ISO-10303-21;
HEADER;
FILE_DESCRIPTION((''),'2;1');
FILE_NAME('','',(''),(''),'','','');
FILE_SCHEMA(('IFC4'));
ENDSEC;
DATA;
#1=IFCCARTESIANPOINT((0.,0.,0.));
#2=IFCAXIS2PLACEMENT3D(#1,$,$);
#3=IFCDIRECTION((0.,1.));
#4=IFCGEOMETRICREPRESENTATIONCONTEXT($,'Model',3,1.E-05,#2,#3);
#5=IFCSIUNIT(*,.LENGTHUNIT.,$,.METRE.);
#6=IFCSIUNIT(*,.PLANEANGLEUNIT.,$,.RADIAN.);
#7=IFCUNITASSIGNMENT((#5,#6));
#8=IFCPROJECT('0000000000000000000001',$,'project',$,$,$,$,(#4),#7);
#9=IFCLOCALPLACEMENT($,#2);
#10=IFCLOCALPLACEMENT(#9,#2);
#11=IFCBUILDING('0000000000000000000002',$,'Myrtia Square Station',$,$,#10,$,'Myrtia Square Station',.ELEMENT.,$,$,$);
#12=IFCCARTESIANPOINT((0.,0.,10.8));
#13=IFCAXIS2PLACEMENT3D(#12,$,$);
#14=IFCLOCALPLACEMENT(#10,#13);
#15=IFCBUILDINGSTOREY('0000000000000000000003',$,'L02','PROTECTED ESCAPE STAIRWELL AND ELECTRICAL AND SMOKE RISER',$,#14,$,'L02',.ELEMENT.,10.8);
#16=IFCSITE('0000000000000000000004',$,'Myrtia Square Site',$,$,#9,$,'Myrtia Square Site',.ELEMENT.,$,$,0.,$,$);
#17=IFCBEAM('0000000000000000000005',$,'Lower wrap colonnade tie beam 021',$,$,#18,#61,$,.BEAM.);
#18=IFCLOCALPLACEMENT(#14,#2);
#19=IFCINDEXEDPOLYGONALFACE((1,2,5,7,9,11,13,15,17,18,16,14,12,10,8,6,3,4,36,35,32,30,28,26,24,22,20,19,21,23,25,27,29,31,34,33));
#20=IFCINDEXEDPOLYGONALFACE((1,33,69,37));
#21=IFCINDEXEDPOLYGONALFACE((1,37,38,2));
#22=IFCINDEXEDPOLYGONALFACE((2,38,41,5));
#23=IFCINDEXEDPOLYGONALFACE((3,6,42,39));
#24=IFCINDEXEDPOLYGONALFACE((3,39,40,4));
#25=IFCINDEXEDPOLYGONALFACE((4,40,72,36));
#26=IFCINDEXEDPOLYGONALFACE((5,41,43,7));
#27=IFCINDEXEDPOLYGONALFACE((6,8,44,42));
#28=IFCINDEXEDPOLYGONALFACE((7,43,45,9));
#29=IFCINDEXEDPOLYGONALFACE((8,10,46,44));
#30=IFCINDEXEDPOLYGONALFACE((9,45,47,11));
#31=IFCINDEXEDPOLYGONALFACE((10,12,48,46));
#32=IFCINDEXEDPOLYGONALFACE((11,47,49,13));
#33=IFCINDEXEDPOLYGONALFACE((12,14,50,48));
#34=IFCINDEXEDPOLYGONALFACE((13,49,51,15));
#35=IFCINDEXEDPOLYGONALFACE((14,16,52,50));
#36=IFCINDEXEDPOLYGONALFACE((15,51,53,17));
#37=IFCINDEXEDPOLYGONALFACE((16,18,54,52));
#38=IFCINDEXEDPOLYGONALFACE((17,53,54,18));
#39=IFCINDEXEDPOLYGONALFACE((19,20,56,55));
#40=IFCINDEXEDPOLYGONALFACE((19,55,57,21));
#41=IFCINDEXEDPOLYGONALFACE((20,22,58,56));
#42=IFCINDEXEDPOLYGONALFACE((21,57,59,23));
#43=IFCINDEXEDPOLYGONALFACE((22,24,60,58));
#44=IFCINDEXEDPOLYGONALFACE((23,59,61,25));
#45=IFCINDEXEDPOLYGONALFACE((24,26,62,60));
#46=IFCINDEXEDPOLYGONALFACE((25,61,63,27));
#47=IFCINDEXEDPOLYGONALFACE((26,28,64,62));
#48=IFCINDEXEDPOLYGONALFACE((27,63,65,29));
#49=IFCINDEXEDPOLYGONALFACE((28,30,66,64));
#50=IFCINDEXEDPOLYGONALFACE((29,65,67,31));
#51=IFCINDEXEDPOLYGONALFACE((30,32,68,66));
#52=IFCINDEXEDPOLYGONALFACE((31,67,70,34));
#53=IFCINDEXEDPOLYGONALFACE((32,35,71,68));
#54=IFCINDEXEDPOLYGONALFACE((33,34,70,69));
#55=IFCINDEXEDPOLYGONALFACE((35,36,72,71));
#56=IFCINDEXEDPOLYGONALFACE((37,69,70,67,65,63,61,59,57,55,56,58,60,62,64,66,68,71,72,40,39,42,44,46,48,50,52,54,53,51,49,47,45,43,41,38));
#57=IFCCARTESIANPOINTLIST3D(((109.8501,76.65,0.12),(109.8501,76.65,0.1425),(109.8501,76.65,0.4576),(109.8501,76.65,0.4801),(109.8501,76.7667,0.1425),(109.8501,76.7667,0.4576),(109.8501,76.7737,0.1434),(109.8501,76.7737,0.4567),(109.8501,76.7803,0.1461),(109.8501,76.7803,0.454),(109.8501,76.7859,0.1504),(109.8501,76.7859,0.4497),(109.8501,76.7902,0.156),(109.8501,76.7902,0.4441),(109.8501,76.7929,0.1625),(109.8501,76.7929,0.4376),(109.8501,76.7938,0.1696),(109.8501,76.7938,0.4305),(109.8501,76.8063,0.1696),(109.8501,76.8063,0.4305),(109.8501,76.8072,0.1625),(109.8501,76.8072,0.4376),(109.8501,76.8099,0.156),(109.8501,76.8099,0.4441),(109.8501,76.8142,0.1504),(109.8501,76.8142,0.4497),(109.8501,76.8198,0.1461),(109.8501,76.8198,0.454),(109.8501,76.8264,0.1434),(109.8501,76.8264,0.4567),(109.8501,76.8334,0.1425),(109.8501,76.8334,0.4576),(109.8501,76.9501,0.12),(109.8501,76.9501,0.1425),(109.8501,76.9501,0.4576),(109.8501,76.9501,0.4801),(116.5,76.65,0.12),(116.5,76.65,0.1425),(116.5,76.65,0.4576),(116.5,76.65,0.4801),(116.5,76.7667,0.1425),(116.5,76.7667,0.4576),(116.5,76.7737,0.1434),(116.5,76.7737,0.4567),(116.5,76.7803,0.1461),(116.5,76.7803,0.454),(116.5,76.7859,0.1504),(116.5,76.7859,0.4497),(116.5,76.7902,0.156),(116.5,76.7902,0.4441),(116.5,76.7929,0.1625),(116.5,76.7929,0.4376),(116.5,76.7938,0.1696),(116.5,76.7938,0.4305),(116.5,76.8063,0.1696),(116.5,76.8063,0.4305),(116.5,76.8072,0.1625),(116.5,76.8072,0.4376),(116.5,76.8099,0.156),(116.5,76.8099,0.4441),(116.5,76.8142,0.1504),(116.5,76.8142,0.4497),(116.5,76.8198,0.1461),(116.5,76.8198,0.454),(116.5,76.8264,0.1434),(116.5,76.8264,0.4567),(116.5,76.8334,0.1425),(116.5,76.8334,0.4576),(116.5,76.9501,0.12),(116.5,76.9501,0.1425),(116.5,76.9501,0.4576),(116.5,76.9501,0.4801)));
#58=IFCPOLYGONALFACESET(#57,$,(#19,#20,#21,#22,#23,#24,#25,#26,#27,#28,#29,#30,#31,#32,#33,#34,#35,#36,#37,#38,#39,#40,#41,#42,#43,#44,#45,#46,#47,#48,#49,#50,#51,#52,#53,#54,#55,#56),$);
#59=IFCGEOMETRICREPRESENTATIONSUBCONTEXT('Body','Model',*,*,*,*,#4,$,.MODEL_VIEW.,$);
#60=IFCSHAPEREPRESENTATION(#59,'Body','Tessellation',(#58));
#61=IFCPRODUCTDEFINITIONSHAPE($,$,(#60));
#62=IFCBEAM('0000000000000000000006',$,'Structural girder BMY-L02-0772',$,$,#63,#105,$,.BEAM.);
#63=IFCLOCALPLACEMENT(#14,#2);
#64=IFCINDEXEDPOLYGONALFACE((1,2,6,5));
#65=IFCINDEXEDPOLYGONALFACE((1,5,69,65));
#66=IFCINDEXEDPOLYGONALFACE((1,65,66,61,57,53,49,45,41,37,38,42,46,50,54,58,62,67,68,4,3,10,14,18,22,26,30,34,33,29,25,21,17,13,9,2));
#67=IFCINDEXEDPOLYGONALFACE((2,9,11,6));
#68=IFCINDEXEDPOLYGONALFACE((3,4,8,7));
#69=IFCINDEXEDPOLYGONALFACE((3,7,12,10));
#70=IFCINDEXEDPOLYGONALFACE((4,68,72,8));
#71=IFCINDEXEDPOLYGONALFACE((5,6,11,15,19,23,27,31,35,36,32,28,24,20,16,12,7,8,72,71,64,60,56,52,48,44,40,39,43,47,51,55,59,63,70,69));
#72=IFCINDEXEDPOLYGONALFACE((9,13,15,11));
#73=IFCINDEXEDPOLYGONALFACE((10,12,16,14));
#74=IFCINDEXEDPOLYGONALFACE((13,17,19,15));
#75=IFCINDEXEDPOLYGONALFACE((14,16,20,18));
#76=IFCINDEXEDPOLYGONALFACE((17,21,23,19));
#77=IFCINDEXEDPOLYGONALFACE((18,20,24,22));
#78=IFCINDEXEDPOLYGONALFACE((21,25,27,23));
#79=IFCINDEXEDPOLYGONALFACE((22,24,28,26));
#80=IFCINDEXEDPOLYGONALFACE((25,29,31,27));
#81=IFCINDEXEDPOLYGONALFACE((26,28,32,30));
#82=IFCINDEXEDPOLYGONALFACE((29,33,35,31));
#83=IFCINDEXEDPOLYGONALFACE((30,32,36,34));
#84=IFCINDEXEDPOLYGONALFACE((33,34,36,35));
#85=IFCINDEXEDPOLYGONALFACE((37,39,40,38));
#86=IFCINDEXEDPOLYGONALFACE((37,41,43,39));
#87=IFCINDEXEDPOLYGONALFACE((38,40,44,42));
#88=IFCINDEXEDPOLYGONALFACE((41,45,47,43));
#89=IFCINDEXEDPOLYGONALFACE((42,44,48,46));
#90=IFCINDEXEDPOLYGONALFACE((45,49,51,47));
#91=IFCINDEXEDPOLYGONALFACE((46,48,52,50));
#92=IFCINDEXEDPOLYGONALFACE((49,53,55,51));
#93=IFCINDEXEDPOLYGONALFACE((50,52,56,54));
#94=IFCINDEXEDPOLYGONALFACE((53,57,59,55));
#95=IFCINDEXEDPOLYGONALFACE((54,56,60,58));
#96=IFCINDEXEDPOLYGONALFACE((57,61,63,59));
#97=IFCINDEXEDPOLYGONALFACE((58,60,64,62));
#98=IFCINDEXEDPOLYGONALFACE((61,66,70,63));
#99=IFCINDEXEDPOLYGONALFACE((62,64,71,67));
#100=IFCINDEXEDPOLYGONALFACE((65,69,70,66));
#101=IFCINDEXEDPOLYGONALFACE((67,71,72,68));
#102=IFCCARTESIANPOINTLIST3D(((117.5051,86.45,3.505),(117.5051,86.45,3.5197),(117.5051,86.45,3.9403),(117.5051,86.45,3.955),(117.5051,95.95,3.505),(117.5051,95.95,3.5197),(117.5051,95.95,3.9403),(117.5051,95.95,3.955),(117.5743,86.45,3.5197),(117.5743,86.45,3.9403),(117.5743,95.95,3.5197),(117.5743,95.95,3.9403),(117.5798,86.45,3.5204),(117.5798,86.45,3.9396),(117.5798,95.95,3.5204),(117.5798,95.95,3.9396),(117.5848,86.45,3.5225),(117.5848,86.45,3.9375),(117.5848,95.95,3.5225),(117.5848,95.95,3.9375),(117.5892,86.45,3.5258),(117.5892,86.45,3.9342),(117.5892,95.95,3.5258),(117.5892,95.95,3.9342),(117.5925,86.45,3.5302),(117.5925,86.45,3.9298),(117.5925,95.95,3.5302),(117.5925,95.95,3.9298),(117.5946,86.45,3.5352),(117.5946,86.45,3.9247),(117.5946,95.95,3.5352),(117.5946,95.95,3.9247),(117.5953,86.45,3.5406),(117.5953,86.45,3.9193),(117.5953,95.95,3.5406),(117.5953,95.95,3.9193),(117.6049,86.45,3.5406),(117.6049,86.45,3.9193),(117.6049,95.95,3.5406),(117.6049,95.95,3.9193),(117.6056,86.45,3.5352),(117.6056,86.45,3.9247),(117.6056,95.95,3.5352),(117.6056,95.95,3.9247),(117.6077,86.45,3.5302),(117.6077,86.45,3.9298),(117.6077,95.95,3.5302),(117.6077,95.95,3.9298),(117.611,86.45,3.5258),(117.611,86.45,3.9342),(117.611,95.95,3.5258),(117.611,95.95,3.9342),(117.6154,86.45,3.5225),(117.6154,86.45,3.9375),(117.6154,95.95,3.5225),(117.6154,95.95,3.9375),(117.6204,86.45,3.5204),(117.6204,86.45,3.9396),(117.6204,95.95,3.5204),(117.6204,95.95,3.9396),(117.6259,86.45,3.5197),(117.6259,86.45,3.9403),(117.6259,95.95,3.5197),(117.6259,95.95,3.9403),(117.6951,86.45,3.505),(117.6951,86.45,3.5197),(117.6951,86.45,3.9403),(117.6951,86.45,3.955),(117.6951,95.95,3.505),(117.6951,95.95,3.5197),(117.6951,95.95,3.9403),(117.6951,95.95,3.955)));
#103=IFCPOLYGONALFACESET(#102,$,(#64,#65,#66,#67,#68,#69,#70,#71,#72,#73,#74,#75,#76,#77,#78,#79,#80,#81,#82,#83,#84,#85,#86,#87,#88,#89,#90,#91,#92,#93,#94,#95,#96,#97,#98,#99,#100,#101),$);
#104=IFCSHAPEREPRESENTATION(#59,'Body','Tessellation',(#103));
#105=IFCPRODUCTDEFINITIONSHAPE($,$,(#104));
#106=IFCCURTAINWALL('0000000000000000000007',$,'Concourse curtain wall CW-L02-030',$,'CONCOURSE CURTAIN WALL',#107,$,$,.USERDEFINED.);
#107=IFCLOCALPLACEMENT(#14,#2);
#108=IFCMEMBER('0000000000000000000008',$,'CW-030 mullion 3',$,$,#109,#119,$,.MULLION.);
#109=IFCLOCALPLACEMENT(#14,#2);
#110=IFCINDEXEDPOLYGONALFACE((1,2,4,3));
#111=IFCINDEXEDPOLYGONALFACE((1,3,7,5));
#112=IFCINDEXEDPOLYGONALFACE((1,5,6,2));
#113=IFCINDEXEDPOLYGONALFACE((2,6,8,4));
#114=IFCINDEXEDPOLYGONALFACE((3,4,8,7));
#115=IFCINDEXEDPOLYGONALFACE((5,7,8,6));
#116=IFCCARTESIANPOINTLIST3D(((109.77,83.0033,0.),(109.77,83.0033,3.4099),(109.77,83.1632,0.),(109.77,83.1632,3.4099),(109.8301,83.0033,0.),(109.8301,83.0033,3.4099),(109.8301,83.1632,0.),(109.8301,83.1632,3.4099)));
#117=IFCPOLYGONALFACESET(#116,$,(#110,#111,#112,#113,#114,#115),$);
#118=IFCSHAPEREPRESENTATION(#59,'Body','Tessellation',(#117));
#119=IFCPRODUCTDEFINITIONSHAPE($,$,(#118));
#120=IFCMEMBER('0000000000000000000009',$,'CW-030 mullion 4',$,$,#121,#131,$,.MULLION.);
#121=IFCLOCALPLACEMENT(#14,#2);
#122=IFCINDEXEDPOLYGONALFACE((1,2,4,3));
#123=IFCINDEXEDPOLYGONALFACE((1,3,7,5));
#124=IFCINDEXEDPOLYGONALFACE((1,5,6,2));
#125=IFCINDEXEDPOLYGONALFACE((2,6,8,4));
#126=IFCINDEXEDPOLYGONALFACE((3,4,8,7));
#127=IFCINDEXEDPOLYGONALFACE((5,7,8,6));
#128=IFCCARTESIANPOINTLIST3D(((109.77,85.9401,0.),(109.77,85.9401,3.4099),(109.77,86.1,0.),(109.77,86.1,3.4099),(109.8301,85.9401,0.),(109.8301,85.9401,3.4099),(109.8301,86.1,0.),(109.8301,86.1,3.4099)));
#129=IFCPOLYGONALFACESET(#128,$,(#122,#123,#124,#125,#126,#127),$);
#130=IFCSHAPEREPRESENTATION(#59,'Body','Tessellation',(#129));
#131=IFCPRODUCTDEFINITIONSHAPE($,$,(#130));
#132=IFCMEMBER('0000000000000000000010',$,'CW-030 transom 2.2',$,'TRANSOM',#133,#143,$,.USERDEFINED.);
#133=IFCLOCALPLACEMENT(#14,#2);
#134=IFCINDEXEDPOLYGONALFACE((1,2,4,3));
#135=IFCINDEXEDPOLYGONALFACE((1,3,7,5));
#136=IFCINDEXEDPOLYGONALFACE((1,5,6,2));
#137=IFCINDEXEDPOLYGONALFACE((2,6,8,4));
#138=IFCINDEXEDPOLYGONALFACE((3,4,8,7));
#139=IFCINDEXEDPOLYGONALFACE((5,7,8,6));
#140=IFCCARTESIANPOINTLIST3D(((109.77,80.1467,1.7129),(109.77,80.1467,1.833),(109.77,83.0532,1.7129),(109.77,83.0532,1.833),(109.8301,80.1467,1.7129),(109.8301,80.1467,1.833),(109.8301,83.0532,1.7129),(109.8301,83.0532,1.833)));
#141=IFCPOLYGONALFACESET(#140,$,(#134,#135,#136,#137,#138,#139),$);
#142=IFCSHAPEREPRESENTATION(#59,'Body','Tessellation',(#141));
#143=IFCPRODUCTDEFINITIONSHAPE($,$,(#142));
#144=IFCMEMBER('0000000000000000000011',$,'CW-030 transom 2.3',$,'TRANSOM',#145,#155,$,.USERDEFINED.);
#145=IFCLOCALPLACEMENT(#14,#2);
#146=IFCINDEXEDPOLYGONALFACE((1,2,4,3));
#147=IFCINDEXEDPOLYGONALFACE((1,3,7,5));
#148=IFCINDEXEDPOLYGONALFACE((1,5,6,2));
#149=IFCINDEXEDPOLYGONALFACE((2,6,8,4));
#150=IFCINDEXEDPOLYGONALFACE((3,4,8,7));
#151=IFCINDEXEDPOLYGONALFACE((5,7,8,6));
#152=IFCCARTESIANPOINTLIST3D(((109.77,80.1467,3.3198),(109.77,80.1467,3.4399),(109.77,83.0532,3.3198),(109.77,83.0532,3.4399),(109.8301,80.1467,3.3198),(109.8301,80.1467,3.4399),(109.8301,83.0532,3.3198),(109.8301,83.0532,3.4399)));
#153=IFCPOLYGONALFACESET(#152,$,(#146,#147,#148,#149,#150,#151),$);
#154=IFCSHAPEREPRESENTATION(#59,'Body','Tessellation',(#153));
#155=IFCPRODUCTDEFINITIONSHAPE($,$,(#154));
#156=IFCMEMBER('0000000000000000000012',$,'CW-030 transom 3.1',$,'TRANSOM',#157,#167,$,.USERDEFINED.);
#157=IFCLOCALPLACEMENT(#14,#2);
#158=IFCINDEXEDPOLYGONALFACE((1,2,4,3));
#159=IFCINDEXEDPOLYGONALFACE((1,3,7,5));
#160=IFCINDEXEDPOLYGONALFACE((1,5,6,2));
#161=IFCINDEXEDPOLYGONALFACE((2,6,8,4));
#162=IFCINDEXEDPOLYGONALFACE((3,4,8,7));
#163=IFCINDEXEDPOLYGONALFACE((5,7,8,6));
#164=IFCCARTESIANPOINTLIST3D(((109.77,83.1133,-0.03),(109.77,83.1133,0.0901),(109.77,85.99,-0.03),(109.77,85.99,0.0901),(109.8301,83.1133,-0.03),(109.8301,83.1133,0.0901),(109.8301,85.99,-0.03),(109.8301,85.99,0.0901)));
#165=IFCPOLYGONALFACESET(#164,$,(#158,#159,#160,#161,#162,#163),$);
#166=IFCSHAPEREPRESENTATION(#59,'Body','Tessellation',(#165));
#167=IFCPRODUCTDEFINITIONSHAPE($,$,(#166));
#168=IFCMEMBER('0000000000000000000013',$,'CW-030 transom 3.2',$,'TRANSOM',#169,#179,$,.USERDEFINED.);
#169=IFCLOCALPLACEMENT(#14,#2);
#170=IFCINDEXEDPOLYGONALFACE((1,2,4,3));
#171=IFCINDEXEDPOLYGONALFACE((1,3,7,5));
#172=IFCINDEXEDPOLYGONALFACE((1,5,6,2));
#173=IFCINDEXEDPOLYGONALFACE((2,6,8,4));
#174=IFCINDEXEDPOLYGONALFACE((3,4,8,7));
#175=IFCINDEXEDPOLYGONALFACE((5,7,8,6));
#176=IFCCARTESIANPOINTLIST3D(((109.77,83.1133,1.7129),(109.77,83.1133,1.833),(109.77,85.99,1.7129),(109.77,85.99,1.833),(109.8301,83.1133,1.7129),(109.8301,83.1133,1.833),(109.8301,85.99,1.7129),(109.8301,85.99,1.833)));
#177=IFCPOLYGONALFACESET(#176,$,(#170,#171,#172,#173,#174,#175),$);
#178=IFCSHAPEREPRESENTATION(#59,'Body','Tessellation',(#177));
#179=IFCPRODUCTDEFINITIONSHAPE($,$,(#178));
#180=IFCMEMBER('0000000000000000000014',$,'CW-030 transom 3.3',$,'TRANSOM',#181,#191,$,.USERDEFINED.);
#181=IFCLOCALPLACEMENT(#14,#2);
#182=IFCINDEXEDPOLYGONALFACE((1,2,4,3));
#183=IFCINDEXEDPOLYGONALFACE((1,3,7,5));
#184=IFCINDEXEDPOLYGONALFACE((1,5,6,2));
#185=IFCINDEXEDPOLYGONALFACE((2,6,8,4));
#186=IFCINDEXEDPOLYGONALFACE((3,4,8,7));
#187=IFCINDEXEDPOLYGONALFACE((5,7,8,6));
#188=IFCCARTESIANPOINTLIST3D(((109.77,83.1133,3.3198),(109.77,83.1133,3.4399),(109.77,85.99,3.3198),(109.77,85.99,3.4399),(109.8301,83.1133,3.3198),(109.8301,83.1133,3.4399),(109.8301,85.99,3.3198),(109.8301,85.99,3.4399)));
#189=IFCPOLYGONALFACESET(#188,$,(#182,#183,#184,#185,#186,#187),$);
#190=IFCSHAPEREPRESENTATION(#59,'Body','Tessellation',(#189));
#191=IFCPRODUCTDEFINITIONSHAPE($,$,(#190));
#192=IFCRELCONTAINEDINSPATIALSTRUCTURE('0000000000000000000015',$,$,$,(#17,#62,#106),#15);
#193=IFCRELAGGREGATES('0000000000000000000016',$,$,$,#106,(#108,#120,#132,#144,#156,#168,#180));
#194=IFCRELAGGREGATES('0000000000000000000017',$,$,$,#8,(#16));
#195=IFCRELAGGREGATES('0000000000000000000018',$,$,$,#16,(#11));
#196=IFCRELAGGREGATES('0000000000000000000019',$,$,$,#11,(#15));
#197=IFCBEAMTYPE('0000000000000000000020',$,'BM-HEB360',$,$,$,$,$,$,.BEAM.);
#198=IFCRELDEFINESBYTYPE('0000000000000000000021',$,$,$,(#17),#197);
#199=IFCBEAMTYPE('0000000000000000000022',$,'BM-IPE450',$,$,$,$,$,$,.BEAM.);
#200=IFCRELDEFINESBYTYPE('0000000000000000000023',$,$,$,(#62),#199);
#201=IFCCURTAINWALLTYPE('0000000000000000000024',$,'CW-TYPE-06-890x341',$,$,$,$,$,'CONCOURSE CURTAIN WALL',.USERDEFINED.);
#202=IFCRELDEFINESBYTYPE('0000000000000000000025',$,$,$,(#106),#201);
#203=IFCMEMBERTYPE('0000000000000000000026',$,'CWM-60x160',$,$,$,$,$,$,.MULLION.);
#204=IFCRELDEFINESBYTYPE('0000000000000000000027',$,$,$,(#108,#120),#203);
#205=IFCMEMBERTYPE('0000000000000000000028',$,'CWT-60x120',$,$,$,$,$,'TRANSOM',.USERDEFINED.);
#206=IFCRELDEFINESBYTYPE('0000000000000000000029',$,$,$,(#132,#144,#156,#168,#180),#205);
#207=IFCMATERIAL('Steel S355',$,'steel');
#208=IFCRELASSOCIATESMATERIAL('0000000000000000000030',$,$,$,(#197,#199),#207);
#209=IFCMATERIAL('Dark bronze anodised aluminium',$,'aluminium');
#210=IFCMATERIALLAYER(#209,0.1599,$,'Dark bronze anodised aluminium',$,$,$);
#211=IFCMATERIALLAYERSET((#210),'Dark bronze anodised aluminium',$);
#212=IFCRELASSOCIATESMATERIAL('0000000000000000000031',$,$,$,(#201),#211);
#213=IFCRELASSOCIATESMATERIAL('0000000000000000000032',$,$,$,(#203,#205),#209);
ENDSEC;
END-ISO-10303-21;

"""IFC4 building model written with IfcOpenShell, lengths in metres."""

from ifc_helpers import new_model, si_unit, direction, frame, origin, origin_2d, place, context, subcontext, project, spatial, rectangle, i_section, extrude, material, layer, layer_set, material_profile, profile_set, type_object, element, aggregate, save


model = new_model("IFC4")

# Units and contexts
model_context = context("Model", 3, precision=1e-05, world=origin(), true_north=direction((0.0, 1.0)))
body_context = subcontext(model_context, "Body", "Model", "MODEL_VIEW")
ifc_project = project(units=[si_unit("LENGTHUNIT", "METRE"), si_unit("PLANEANGLEUNIT", "RADIAN")], contexts=[model_context])

# Site, building, storey
site_placement = place(None, origin())
site = spatial("IfcSite", under=ifc_project, at=site_placement, Name="Myrtia Square Site", LongName="Myrtia Square Site", CompositionType="ELEMENT", RefElevation=0.0)
building_placement = place(site_placement, origin())
building = spatial("IfcBuilding", under=site, at=building_placement, Name="Myrtia Square Station", LongName="Myrtia Square Station", CompositionType="ELEMENT")
storey_placement = place(building_placement, frame((0.0, 0.0, 10.8)))
storey = spatial("IfcBuildingStorey", under=building, at=storey_placement, Name="L02", Description="PROTECTED ESCAPE STAIRWELL AND ELECTRICAL AND SMOKE RISER", LongName="L02", CompositionType="ELEMENT", Elevation=10.8)

# Shared definitions
ifc_material_1 = material(Name="Steel S355", Category="steel")

# Beams
ifc_material_profile_1 = material_profile(ifc_material_1, i_section(OverallWidth=0.3, OverallDepth=0.3601, WebThickness=0.0125, FlangeThickness=0.0225, FilletRadius=0.0271, at=origin_2d()), Name="HEB 360")
ifc_profile_set_1 = profile_set([ifc_material_profile_1], Name="Steel S355")
beam_type_1 = type_object("IfcBeamType", Name="BM-HEB360", PredefinedType="BEAM", material=ifc_profile_set_1)
beam_1_placement = place(storey_placement, frame((109.8501, 76.8, 0.3), z_axis=(1.0, 0.0, 0.0), x_axis=(0.0, 1.0, 0.0)))
element("IfcBeam", 1, at=beam_1_placement, inside=storey, type_object=beam_type_1, Name="Lower wrap colonnade tie beam 021", PredefinedType="BEAM", context=body_context, shape_type="SweptSolid", body=[
    extrude(i_section(OverallWidth=0.3, OverallDepth=0.3601, WebThickness=0.0125, FlangeThickness=0.0225, FilletRadius=0.0271, at=origin_2d()), origin(), (0.0, 0.0, 1.0), 6.6499),
])
ifc_material_profile_2 = material_profile(ifc_material_1, i_section(OverallWidth=0.1899, OverallDepth=0.45, WebThickness=0.0095, FlangeThickness=0.0146, FilletRadius=0.021, at=origin_2d()), Name="IPE 450")
ifc_profile_set_2 = profile_set([ifc_material_profile_2], Name="Steel S355")
beam_type_2 = type_object("IfcBeamType", Name="BM-IPE450", PredefinedType="BEAM", material=ifc_profile_set_2)
beam_2_placement = place(storey_placement, frame((117.6001, 86.45, 3.73), z_axis=(0.0, 1.0, 0.0), x_axis=(-1.0, 0.0, 0.0)))
element("IfcBeam", 2, at=beam_2_placement, inside=storey, type_object=beam_type_2, Name="Structural girder BMY-L02-0772", PredefinedType="BEAM", context=body_context, shape_type="SweptSolid", body=[
    extrude(i_section(OverallWidth=0.1899, OverallDepth=0.45, WebThickness=0.0095, FlangeThickness=0.0146, FilletRadius=0.021, at=origin_2d()), origin(), (0.0, 0.0, 1.0), 9.5),
])

# Curtain wall, members
ifc_material_2 = material(Name="Dark bronze anodised aluminium", Category="aluminium")
ifc_layer_1 = layer(ifc_material_2, 0.1599, Name="Dark bronze anodised aluminium")
ifc_layer_set_1 = layer_set([ifc_layer_1], Name="Dark bronze anodised aluminium")
curtain_wall_type = type_object("IfcCurtainWallType", Name="CW-TYPE-06-890x341", ElementType="CONCOURSE CURTAIN WALL", PredefinedType="USERDEFINED", material=ifc_layer_set_1)
curtain_wall_placement = place(storey_placement, origin())
curtain_wall = element("IfcCurtainWall", 3, at=curtain_wall_placement, inside=storey, type_object=curtain_wall_type, Name="Concourse curtain wall CW-L02-030", ObjectType="CONCOURSE CURTAIN WALL", PredefinedType="USERDEFINED")
ifc_material_profile_3 = material_profile(ifc_material_2, rectangle(XDim=0.0601, YDim=0.1599, at=origin_2d()), Name="ALU-M 60x160")
ifc_profile_set_3 = profile_set([ifc_material_profile_3], Name="Dark bronze anodised aluminium")
member_type_1 = type_object("IfcMemberType", Name="CWM-60x160", PredefinedType="MULLION", material=ifc_profile_set_3)
member_1_placement = place(storey_placement, frame((109.8, 83.0833, 0.0), z_axis=(0.0, 0.0, 1.0), x_axis=(-1.0, 0.0, 0.0)))
member_1 = element("IfcMember", 4, at=member_1_placement, type_object=member_type_1, Name="CW-030 mullion 3", PredefinedType="MULLION", context=body_context, shape_type="SweptSolid", body=[
    extrude(rectangle(XDim=0.0601, YDim=0.1599, at=origin_2d()), origin(), (0.0, 0.0, 1.0), 3.4099),
])
member_2_placement = place(storey_placement, frame((109.8, 86.02, 0.0), z_axis=(0.0, 0.0, 1.0), x_axis=(-1.0, 0.0, 0.0)))
member_2 = element("IfcMember", 5, at=member_2_placement, type_object=member_type_1, Name="CW-030 mullion 4", PredefinedType="MULLION", context=body_context, shape_type="SweptSolid", body=[
    extrude(rectangle(XDim=0.0601, YDim=0.1599, at=origin_2d()), origin(), (0.0, 0.0, 1.0), 3.4099),
])
ifc_material_profile_4 = material_profile(ifc_material_2, rectangle(XDim=0.0601, YDim=0.1201, at=origin_2d()), Name="ALU-T 60x120")
ifc_profile_set_4 = profile_set([ifc_material_profile_4], Name="Dark bronze anodised aluminium")
member_type_2 = type_object("IfcMemberType", Name="CWT-60x120", ElementType="TRANSOM", PredefinedType="USERDEFINED", material=ifc_profile_set_4)
member_3_placement = place(storey_placement, frame((109.8, 80.1467, 1.7729), z_axis=(0.0, 1.0, 0.0), x_axis=(-1.0, 0.0, 0.0)))
member_3 = element("IfcMember", 6, at=member_3_placement, type_object=member_type_2, Name="CW-030 transom 2.2", ObjectType="TRANSOM", PredefinedType="USERDEFINED", context=body_context, shape_type="SweptSolid", body=[
    extrude(rectangle(XDim=0.0601, YDim=0.1201, at=origin_2d()), origin(), (0.0, 0.0, 1.0), 2.9065),
])
member_4_placement = place(storey_placement, frame((109.8, 80.1467, 3.3799), z_axis=(0.0, 1.0, 0.0), x_axis=(-1.0, 0.0, 0.0)))
member_4 = element("IfcMember", 7, at=member_4_placement, type_object=member_type_2, Name="CW-030 transom 2.3", ObjectType="TRANSOM", PredefinedType="USERDEFINED", context=body_context, shape_type="SweptSolid", body=[
    extrude(rectangle(XDim=0.0601, YDim=0.1201, at=origin_2d()), origin(), (0.0, 0.0, 1.0), 2.9065),
])
member_5_placement = place(storey_placement, frame((109.8, 83.1133, 0.03), z_axis=(0.0, 1.0, 0.0), x_axis=(-1.0, 0.0, 0.0)))
member_5 = element("IfcMember", 8, at=member_5_placement, type_object=member_type_2, Name="CW-030 transom 3.1", ObjectType="TRANSOM", PredefinedType="USERDEFINED", context=body_context, shape_type="SweptSolid", body=[
    extrude(rectangle(XDim=0.0601, YDim=0.1201, at=origin_2d()), origin(), (0.0, 0.0, 1.0), 2.8767),
])
member_6_placement = place(storey_placement, frame((109.8, 83.1133, 1.7729), z_axis=(0.0, 1.0, 0.0), x_axis=(-1.0, 0.0, 0.0)))
member_6 = element("IfcMember", 9, at=member_6_placement, type_object=member_type_2, Name="CW-030 transom 3.2", ObjectType="TRANSOM", PredefinedType="USERDEFINED", context=body_context, shape_type="SweptSolid", body=[
    extrude(rectangle(XDim=0.0601, YDim=0.1201, at=origin_2d()), origin(), (0.0, 0.0, 1.0), 2.8767),
])
member_7_placement = place(storey_placement, frame((109.8, 83.1133, 3.3799), z_axis=(0.0, 1.0, 0.0), x_axis=(-1.0, 0.0, 0.0)))
member_7 = element("IfcMember", 10, at=member_7_placement, type_object=member_type_2, Name="CW-030 transom 3.3", ObjectType="TRANSOM", PredefinedType="USERDEFINED", context=body_context, shape_type="SweptSolid", body=[
    extrude(rectangle(XDim=0.0601, YDim=0.1201, at=origin_2d()), origin(), (0.0, 0.0, 1.0), 2.8767),
])

aggregate(curtain_wall, [member_1, member_2, member_3, member_4, member_5, member_6, member_7])

save(model, "model.ifc")
